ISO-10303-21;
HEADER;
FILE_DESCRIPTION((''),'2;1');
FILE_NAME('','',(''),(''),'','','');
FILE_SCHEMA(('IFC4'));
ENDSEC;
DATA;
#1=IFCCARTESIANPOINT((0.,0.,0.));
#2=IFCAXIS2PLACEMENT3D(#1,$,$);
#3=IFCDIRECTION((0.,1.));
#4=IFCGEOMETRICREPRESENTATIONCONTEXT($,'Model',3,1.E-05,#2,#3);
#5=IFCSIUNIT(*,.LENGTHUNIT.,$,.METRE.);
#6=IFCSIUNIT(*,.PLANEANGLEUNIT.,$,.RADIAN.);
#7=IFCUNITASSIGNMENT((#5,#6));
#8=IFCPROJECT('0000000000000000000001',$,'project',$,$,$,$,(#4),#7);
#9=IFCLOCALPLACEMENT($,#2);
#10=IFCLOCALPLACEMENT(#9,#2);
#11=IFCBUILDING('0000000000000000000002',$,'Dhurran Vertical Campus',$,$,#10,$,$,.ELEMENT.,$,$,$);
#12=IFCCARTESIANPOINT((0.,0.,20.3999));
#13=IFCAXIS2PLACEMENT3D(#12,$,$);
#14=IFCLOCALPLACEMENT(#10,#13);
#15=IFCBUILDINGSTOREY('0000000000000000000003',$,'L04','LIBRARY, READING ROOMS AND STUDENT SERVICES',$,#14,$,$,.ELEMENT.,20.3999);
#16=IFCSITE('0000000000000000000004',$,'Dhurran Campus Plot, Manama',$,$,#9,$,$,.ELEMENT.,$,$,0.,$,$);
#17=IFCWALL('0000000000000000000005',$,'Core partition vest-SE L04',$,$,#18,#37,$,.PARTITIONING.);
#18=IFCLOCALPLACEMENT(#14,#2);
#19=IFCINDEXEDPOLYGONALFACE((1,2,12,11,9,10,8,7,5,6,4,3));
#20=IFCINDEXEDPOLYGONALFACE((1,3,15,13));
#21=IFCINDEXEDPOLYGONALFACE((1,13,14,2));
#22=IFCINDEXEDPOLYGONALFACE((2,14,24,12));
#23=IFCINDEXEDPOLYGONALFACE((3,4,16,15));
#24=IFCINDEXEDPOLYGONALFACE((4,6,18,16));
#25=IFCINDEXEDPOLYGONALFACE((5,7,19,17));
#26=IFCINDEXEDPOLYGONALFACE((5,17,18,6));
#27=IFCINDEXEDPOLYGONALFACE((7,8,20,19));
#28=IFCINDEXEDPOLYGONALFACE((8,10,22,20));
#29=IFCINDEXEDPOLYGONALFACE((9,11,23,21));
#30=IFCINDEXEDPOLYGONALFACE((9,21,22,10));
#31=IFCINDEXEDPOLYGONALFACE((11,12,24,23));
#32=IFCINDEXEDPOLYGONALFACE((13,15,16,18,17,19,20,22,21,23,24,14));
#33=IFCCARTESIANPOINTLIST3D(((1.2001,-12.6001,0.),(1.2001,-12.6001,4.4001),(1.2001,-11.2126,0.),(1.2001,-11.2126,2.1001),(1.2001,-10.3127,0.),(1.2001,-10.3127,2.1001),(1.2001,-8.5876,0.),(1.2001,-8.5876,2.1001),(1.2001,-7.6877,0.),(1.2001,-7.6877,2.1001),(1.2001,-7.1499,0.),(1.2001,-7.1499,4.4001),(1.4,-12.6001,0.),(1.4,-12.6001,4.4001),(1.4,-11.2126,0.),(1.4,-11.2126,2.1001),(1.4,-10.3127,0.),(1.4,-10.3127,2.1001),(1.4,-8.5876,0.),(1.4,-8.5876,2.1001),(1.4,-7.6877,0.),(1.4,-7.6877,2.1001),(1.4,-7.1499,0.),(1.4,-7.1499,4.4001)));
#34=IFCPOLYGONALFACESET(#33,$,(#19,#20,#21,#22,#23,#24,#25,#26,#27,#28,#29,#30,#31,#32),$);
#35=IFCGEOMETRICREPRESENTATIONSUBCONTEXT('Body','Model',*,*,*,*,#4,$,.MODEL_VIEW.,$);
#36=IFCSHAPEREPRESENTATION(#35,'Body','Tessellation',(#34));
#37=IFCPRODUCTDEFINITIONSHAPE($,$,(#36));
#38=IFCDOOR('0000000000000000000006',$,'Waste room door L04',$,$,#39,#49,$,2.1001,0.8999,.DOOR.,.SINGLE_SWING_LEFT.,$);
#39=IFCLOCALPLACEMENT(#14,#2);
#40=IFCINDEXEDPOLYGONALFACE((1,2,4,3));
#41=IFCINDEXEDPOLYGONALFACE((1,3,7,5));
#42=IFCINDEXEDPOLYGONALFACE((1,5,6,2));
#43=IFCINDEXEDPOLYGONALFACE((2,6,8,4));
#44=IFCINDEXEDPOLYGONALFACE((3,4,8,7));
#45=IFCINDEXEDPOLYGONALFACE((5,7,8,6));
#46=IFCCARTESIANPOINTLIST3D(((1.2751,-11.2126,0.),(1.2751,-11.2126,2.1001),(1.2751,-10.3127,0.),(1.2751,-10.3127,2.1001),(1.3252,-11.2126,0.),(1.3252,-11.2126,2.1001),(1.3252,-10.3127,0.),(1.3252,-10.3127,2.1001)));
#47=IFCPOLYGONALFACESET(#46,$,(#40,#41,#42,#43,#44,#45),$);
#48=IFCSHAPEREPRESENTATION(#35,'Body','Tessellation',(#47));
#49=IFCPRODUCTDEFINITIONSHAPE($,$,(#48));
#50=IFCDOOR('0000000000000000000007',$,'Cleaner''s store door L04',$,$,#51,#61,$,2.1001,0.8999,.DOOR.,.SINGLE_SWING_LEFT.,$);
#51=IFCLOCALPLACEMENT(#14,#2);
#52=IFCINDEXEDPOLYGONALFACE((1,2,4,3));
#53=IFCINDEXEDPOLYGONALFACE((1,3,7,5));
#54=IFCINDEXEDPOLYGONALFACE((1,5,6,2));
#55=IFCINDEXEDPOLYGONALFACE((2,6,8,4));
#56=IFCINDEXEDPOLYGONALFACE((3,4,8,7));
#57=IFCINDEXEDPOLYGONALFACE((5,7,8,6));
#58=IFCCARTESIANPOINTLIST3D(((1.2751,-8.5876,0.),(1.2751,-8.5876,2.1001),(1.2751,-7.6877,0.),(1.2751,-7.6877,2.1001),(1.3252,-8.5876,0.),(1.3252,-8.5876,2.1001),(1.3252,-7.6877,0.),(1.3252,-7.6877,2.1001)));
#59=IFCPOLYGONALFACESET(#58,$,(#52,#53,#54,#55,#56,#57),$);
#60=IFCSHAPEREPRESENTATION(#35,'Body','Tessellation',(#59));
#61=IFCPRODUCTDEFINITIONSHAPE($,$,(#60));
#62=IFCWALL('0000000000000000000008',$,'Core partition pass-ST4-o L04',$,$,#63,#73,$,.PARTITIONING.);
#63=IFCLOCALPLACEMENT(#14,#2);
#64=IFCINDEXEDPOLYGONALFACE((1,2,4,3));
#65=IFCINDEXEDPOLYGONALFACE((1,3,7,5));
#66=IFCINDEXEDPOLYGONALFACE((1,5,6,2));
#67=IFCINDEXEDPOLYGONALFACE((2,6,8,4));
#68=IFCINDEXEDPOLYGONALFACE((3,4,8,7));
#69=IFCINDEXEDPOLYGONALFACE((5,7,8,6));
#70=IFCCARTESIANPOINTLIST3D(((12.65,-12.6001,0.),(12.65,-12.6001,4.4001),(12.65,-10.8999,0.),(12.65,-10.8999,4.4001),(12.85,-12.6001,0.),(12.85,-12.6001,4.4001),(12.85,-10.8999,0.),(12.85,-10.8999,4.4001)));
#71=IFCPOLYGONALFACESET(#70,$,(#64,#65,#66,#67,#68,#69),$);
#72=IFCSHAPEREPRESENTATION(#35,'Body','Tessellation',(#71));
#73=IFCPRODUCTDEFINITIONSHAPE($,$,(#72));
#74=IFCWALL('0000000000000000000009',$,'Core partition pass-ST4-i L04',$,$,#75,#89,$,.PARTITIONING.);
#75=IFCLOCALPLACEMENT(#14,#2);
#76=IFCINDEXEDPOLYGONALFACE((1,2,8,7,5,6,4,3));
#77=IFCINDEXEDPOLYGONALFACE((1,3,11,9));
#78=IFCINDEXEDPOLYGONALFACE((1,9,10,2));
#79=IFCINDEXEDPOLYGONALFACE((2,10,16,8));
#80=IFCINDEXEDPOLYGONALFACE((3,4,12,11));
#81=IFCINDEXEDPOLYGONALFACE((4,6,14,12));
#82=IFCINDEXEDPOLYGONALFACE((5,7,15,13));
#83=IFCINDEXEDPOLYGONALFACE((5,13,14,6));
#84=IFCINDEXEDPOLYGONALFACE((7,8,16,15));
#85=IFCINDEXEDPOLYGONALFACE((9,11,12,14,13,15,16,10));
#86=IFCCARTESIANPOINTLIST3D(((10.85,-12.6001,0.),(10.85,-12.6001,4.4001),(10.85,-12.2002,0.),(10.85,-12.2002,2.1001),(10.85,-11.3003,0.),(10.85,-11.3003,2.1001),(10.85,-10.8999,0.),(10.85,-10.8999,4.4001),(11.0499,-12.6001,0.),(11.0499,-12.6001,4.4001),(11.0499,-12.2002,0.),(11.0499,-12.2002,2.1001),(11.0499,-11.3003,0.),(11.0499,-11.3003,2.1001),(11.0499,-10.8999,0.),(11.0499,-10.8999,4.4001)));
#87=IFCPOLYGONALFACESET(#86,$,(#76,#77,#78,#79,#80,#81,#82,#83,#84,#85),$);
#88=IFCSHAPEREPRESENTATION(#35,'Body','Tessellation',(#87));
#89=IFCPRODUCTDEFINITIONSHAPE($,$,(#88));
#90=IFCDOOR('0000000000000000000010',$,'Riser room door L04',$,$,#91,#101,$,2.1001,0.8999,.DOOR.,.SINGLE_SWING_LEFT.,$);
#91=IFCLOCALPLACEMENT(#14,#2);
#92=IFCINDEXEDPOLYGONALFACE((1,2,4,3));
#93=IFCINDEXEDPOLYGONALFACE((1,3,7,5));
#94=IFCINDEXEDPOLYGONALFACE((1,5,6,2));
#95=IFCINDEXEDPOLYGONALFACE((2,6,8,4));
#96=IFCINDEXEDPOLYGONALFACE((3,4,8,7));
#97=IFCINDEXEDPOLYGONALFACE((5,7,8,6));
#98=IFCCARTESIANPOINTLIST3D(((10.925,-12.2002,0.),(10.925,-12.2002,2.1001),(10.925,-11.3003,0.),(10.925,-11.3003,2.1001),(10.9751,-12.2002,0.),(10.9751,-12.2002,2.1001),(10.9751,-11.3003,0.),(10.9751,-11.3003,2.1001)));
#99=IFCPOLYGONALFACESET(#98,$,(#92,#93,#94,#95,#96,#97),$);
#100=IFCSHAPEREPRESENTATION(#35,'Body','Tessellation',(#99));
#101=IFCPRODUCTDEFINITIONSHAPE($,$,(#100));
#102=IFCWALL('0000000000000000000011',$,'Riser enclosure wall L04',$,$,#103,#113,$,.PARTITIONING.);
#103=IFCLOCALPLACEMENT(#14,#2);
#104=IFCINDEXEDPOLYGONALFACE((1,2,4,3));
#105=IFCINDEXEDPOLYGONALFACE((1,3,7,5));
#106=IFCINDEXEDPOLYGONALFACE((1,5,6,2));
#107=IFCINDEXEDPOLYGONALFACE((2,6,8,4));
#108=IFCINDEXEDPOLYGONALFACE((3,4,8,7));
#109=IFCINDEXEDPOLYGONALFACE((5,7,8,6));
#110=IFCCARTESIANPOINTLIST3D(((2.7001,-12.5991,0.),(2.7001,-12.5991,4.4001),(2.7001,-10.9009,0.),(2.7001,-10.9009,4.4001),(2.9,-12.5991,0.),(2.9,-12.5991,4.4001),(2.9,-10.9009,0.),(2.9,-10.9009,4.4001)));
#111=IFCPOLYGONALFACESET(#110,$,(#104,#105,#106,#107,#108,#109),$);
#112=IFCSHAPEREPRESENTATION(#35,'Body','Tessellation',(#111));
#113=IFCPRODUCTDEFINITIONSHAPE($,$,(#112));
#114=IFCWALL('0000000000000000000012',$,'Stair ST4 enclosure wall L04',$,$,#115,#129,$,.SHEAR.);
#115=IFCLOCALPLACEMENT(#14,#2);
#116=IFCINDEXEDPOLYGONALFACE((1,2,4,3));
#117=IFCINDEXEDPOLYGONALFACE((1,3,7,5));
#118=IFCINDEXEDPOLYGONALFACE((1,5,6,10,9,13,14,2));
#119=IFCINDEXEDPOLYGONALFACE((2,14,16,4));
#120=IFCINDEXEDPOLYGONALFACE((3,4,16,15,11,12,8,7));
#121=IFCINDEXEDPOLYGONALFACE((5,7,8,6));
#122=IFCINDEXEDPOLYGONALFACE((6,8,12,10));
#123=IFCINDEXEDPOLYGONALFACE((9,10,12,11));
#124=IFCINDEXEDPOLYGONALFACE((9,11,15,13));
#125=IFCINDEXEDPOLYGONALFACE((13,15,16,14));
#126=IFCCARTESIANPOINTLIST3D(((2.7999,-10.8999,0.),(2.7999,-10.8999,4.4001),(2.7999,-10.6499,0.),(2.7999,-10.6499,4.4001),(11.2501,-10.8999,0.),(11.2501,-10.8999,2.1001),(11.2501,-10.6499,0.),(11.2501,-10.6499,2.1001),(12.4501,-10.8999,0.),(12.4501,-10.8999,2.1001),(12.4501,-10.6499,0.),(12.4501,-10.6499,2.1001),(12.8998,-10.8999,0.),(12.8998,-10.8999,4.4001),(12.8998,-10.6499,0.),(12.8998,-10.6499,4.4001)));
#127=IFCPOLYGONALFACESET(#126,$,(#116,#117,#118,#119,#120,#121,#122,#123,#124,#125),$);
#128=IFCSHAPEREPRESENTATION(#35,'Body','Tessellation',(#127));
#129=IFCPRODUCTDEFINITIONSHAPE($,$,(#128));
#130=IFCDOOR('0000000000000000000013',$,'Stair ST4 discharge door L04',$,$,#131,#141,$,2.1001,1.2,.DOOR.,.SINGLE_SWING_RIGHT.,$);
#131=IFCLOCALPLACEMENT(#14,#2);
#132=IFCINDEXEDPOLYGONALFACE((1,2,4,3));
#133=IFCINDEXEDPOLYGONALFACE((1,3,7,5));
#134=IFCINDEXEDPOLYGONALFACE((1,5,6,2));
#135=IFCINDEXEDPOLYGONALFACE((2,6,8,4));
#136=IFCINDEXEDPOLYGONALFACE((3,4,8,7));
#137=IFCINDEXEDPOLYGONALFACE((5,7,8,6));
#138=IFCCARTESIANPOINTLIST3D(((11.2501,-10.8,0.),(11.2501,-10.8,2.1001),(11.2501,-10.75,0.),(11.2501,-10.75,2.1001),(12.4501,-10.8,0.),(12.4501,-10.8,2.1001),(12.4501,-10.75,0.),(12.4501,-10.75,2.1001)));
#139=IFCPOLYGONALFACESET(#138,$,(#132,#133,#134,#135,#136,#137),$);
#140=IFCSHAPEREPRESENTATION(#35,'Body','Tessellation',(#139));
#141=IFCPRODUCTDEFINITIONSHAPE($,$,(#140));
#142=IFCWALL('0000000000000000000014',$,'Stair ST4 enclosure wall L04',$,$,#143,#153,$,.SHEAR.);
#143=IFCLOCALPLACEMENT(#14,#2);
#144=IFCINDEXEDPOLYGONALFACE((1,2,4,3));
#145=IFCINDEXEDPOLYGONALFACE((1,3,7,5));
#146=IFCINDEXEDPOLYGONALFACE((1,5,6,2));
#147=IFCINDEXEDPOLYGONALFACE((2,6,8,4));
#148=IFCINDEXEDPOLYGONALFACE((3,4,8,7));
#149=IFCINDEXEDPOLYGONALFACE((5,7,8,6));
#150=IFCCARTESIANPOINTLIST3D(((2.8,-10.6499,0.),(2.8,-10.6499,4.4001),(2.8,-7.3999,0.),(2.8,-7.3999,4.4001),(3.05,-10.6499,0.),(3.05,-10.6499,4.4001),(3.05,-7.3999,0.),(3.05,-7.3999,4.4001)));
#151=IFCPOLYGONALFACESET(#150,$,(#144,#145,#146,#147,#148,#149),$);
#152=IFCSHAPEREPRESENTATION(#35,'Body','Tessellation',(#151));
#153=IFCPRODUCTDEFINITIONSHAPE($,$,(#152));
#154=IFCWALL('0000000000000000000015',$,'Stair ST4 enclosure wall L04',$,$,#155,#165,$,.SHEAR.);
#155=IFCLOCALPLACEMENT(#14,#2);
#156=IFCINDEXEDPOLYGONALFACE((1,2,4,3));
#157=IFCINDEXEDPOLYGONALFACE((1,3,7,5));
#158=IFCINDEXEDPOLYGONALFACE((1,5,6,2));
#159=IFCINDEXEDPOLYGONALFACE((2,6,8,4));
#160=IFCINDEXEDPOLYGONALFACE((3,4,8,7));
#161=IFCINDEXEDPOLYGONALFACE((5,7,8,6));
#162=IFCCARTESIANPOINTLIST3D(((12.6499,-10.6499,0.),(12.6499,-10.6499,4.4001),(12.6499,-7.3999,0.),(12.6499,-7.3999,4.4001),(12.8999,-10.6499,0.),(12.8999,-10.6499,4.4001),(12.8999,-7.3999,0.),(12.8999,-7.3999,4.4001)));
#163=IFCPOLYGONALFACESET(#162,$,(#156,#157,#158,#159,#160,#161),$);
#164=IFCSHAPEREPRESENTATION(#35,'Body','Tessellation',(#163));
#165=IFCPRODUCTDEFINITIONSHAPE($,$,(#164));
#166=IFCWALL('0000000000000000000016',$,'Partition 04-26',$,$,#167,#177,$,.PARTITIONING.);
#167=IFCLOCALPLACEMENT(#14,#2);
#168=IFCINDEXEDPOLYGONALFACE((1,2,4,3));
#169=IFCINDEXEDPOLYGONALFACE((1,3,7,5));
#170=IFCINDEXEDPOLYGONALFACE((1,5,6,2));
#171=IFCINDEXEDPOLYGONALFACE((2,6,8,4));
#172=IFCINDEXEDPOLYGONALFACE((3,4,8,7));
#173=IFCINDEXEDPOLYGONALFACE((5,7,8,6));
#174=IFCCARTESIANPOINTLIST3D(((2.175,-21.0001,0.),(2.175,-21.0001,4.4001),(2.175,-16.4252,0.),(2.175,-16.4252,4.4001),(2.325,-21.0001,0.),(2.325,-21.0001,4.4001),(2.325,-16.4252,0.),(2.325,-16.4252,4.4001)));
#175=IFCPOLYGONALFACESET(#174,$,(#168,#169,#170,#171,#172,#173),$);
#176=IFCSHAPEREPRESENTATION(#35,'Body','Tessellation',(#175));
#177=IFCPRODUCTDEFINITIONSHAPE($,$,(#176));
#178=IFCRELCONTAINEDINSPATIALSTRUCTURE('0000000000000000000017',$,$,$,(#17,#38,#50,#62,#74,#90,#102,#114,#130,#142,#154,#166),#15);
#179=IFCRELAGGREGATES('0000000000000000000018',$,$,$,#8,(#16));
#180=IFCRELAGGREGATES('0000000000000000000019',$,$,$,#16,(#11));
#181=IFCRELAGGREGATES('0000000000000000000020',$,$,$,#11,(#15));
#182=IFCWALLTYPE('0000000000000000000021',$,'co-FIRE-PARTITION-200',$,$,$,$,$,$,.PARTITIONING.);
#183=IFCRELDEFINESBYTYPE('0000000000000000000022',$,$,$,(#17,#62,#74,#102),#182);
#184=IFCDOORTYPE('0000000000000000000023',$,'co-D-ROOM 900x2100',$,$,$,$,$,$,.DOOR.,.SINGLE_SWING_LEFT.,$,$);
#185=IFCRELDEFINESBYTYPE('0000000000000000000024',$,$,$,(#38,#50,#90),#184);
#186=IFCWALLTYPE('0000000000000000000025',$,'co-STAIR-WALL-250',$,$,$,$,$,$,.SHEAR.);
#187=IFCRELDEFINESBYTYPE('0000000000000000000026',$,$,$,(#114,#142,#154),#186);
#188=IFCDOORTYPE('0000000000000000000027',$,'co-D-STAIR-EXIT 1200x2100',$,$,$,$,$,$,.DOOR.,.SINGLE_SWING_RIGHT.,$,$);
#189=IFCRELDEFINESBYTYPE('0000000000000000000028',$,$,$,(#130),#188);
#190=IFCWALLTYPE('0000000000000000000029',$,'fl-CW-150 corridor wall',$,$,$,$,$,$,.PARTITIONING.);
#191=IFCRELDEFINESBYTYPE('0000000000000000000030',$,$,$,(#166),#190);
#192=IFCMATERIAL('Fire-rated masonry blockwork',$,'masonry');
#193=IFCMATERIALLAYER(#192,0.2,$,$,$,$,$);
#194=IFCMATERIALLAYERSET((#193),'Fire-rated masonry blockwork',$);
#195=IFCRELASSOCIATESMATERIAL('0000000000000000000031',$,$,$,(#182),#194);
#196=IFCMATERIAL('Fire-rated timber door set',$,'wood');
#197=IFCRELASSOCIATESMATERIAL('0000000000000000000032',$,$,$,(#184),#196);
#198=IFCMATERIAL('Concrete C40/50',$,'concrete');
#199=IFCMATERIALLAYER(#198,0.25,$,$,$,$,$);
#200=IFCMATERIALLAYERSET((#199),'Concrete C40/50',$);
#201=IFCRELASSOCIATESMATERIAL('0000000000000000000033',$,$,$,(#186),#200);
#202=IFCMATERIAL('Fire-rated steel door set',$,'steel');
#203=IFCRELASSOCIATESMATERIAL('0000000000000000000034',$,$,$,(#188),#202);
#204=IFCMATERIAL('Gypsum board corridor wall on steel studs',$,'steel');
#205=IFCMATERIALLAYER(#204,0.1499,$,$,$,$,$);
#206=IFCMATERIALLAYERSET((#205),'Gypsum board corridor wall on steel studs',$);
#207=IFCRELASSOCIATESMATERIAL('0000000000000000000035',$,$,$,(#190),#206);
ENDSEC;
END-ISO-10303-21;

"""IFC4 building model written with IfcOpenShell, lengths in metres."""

from ifc_helpers import new_model, si_unit, direction, frame, frame_2d, origin, place, context, subcontext, project, spatial, rectangle, extrude, material, layer, layer_set, type_object, element, fill, save


model = new_model("IFC4")

# Units and contexts
model_context = context("Model", 3, precision=1e-05, world=origin(), true_north=direction((0.0, 1.0)))
body_context = subcontext(model_context, "Body", "Model", "MODEL_VIEW")
ifc_project = project(units=[si_unit("LENGTHUNIT", "METRE"), si_unit("PLANEANGLEUNIT", "RADIAN")], contexts=[model_context])

# Site, building, storey
site_placement = place(None, origin())
site = spatial("IfcSite", under=ifc_project, at=site_placement, Name="Dhurran Campus Plot, Manama", CompositionType="ELEMENT", RefElevation=0.0)
building_placement = place(site_placement, origin())
building = spatial("IfcBuilding", under=site, at=building_placement, Name="Dhurran Vertical Campus", CompositionType="ELEMENT")
storey_placement = place(building_placement, frame((0.0, 0.0, 20.3999)))
storey = spatial("IfcBuildingStorey", under=building, at=storey_placement, Name="L04", Description="LIBRARY, READING ROOMS AND STUDENT SERVICES", CompositionType="ELEMENT", Elevation=20.3999)

# Wall, openings, doors
ifc_material_1 = material(Name="Fire-rated masonry blockwork", Category="masonry")
ifc_layer_1 = layer(ifc_material_1, 0.2)
ifc_layer_set_1 = layer_set([ifc_layer_1], Name="Fire-rated masonry blockwork")
wall_type_1 = type_object("IfcWallType", Name="co-FIRE-PARTITION-200", PredefinedType="PARTITIONING", material=ifc_layer_set_1)
wall_1_placement = place(storey_placement, frame((1.3, -12.6001, 0.0), z_axis=(0.0, 0.0, 1.0), x_axis=(0.0, 1.0, 0.0)))
wall_1 = element("IfcWall", 1, at=wall_1_placement, inside=storey, type_object=wall_type_1, Name="Core partition vest-SE L04", PredefinedType="PARTITIONING", context=body_context, shape_type="SweptSolid", body=[
    extrude(rectangle(XDim=5.4502, YDim=0.2, at=frame_2d((2.7251, 0.0))), origin(), (0.0, 0.0, 1.0), 4.4001),
])
opening_1_placement = place(wall_1_placement, frame((1.3875, 0.0, 0.0)))
opening_1 = element("IfcOpeningElement", 2, at=opening_1_placement, cuts=wall_1, PredefinedType="OPENING", context=body_context, shape_type="SweptSolid", body=[
    extrude(rectangle(XDim=0.8999, YDim=2.1001, at=frame_2d((0.45, 1.05))), frame((0.0, 0.1099, 0.0), z_axis=(0.0, -1.0, 0.0), x_axis=(1.0, 0.0, 0.0)), (0.0, 0.0, 1.0), 0.22),
])
opening_2_placement = place(wall_1_placement, frame((4.0125, 0.0, 0.0)))
opening_2 = element("IfcOpeningElement", 3, at=opening_2_placement, cuts=wall_1, PredefinedType="OPENING", context=body_context, shape_type="SweptSolid", body=[
    extrude(rectangle(XDim=0.8999, YDim=2.1001, at=frame_2d((0.45, 1.05))), frame((0.0, 0.1099, 0.0), z_axis=(0.0, -1.0, 0.0), x_axis=(1.0, 0.0, 0.0)), (0.0, 0.0, 1.0), 0.22),
])
ifc_material_2 = material(Name="Fire-rated timber door set", Category="wood")
door_type_1 = type_object("IfcDoorType", Name="co-D-ROOM 900x2100", OperationType="SINGLE_SWING_LEFT", PredefinedType="DOOR", material=ifc_material_2)
door_1_placement = place(opening_1_placement, origin())
door_1 = element("IfcDoor", 4, at=door_1_placement, inside=storey, type_object=door_type_1, Name="Waste room door L04", OperationType="SINGLE_SWING_LEFT", OverallHeight=2.1001, OverallWidth=0.8999, PredefinedType="DOOR", context=body_context, shape_type="SweptSolid", body=[
    extrude(rectangle(XDim=0.8999, YDim=2.1001, at=frame_2d((0.45, 1.05))), frame((0.0, 0.0249, 0.0), z_axis=(0.0, -1.0, 0.0), x_axis=(1.0, 0.0, 0.0)), (0.0, 0.0, 1.0), 0.05),
])
fill(opening_1, door_1)
door_2_placement = place(opening_2_placement, origin())
door_2 = element("IfcDoor", 5, at=door_2_placement, inside=storey, type_object=door_type_1, Name="Cleaner's store door L04", OperationType="SINGLE_SWING_LEFT", OverallHeight=2.1001, OverallWidth=0.8999, PredefinedType="DOOR", context=body_context, shape_type="SweptSolid", body=[
    extrude(rectangle(XDim=0.8999, YDim=2.1001, at=frame_2d((0.45, 1.05))), frame((0.0, 0.0249, 0.0), z_axis=(0.0, -1.0, 0.0), x_axis=(1.0, 0.0, 0.0)), (0.0, 0.0, 1.0), 0.05),
])
fill(opening_2, door_2)

# Wall
wall_2_placement = place(storey_placement, frame((12.75, -12.6001, 0.0), z_axis=(0.0, 0.0, 1.0), x_axis=(0.0, 1.0, 0.0)))
element("IfcWall", 6, at=wall_2_placement, inside=storey, type_object=wall_type_1, Name="Core partition pass-ST4-o L04", PredefinedType="PARTITIONING", context=body_context, shape_type="SweptSolid", body=[
    extrude(rectangle(XDim=1.7002, YDim=0.2, at=frame_2d((0.8501, 0.0))), origin(), (0.0, 0.0, 1.0), 4.4001),
])

# Wall, opening, door
wall_3_placement = place(storey_placement, frame((10.95, -12.6001, 0.0), z_axis=(0.0, 0.0, 1.0), x_axis=(0.0, 1.0, 0.0)))
wall_3 = element("IfcWall", 7, at=wall_3_placement, inside=storey, type_object=wall_type_1, Name="Core partition pass-ST4-i L04", PredefinedType="PARTITIONING", context=body_context, shape_type="SweptSolid", body=[
    extrude(rectangle(XDim=1.7002, YDim=0.2, at=frame_2d((0.8501, 0.0))), origin(), (0.0, 0.0, 1.0), 4.4001),
])
opening_3_placement = place(wall_3_placement, frame((0.3999, 0.0, 0.0)))
opening_3 = element("IfcOpeningElement", 8, at=opening_3_placement, cuts=wall_3, PredefinedType="OPENING", context=body_context, shape_type="SweptSolid", body=[
    extrude(rectangle(XDim=0.8999, YDim=2.1001, at=frame_2d((0.45, 1.05))), frame((0.0, 0.1099, 0.0), z_axis=(0.0, -1.0, 0.0), x_axis=(1.0, 0.0, 0.0)), (0.0, 0.0, 1.0), 0.22),
])
door_3_placement = place(opening_3_placement, origin())
door_3 = element("IfcDoor", 9, at=door_3_placement, inside=storey, type_object=door_type_1, Name="Riser room door L04", OperationType="SINGLE_SWING_LEFT", OverallHeight=2.1001, OverallWidth=0.8999, PredefinedType="DOOR", context=body_context, shape_type="SweptSolid", body=[
    extrude(rectangle(XDim=0.8999, YDim=2.1001, at=frame_2d((0.45, 1.05))), frame((0.0, 0.0249, 0.0), z_axis=(0.0, -1.0, 0.0), x_axis=(1.0, 0.0, 0.0)), (0.0, 0.0, 1.0), 0.05),
])
fill(opening_3, door_3)

# Wall
wall_4_placement = place(storey_placement, frame((2.8, -10.9009, 0.0), z_axis=(0.0, 0.0, 1.0), x_axis=(0.0, -1.0, 0.0)))
element("IfcWall", 10, at=wall_4_placement, inside=storey, type_object=wall_type_1, Name="Riser enclosure wall L04", PredefinedType="PARTITIONING", context=body_context, shape_type="SweptSolid", body=[
    extrude(rectangle(XDim=1.6982, YDim=0.2, at=frame_2d((0.8491, 0.0))), origin(), (0.0, 0.0, 1.0), 4.4001),
])

# Wall, opening, door
ifc_material_3 = material(Name="Concrete C40/50", Category="concrete")
ifc_layer_2 = layer(ifc_material_3, 0.25)
ifc_layer_set_2 = layer_set([ifc_layer_2], Name="Concrete C40/50")
wall_type_2 = type_object("IfcWallType", Name="co-STAIR-WALL-250", PredefinedType="SHEAR", material=ifc_layer_set_2)
wall_5_placement = place(storey_placement, frame((2.8, -10.7749, 0.0), z_axis=(0.0, 0.0, 1.0), x_axis=(1.0, 0.0, 0.0)))
wall_5 = element("IfcWall", 11, at=wall_5_placement, inside=storey, type_object=wall_type_2, Name="Stair ST4 enclosure wall L04", PredefinedType="SHEAR", context=body_context, shape_type="SweptSolid", body=[
    extrude(rectangle(XDim=10.0999, YDim=0.25, at=frame_2d((5.0498, 0.0))), origin(), (0.0, 0.0, 1.0), 4.4001),
])
opening_4_placement = place(wall_5_placement, frame((8.45, 0.0, 0.0)))
opening_4 = element("IfcOpeningElement", 12, at=opening_4_placement, cuts=wall_5, PredefinedType="OPENING", context=body_context, shape_type="SweptSolid", body=[
    extrude(rectangle(XDim=1.2, YDim=2.1001, at=frame_2d((0.6001, 1.05))), frame((0.0, 0.135, 0.0), z_axis=(0.0, -1.0, 0.0), x_axis=(1.0, 0.0, 0.0)), (0.0, 0.0, 1.0), 0.27),
])
ifc_material_4 = material(Name="Fire-rated steel door set", Category="steel")
door_type_2 = type_object("IfcDoorType", Name="co-D-STAIR-EXIT 1200x2100", OperationType="SINGLE_SWING_RIGHT", PredefinedType="DOOR", material=ifc_material_4)
door_4_placement = place(opening_4_placement, origin())
door_4 = element("IfcDoor", 13, at=door_4_placement, inside=storey, type_object=door_type_2, Name="Stair ST4 discharge door L04", OperationType="SINGLE_SWING_RIGHT", OverallHeight=2.1001, OverallWidth=1.2, PredefinedType="DOOR", context=body_context, shape_type="SweptSolid", body=[
    extrude(rectangle(XDim=1.2, YDim=2.1001, at=frame_2d((0.6001, 1.05))), frame((0.0, 0.0249, 0.0), z_axis=(0.0, -1.0, 0.0), x_axis=(1.0, 0.0, 0.0)), (0.0, 0.0, 1.0), 0.05),
])
fill(opening_4, door_4)

# Walls
for number, where, z_axis, x_axis, name in (
    (14, (2.925, -10.6499, 0.0), (0.0, 0.0, 1.0), (0.0, 1.0, 0.0), "Stair ST4 enclosure wall L04"),
    (15, (12.7749, -10.6499, 0.0), (0.0, 0.0, 1.0), (0.0, 1.0, 0.0), "Stair ST4 enclosure wall L04"),
):
    element("IfcWall", number, at=place(storey_placement, frame(where, z_axis=z_axis, x_axis=x_axis)), inside=storey, type_object=wall_type_2, Name=name, PredefinedType="SHEAR", context=body_context, shape_type="SweptSolid", body=[
        extrude(rectangle(XDim=3.25, YDim=0.25, at=frame_2d((1.625, 0.0))), origin(), (0.0, 0.0, 1.0), 4.4001),
    ])
ifc_material_5 = material(Name="Gypsum board corridor wall on steel studs", Category="steel")
ifc_layer_3 = layer(ifc_material_5, 0.1499)
ifc_layer_set_3 = layer_set([ifc_layer_3], Name="Gypsum board corridor wall on steel studs")
wall_type_3 = type_object("IfcWallType", Name="fl-CW-150 corridor wall", PredefinedType="PARTITIONING", material=ifc_layer_set_3)
wall_6_placement = place(storey_placement, frame((2.25, -16.425, 0.0), z_axis=(0.0, 0.0, 1.0), x_axis=(0.0, -1.0, 0.0)))
element("IfcWall", 16, at=wall_6_placement, inside=storey, type_object=wall_type_3, Name="Partition 04-26", PredefinedType="PARTITIONING", context=body_context, shape_type="SweptSolid", body=[
    extrude(rectangle(XDim=4.575, YDim=0.1499, at=frame_2d((2.2876, 0.0))), origin(), (0.0, 0.0, 1.0), 4.4001),
])

save(model, "model.ifc")
